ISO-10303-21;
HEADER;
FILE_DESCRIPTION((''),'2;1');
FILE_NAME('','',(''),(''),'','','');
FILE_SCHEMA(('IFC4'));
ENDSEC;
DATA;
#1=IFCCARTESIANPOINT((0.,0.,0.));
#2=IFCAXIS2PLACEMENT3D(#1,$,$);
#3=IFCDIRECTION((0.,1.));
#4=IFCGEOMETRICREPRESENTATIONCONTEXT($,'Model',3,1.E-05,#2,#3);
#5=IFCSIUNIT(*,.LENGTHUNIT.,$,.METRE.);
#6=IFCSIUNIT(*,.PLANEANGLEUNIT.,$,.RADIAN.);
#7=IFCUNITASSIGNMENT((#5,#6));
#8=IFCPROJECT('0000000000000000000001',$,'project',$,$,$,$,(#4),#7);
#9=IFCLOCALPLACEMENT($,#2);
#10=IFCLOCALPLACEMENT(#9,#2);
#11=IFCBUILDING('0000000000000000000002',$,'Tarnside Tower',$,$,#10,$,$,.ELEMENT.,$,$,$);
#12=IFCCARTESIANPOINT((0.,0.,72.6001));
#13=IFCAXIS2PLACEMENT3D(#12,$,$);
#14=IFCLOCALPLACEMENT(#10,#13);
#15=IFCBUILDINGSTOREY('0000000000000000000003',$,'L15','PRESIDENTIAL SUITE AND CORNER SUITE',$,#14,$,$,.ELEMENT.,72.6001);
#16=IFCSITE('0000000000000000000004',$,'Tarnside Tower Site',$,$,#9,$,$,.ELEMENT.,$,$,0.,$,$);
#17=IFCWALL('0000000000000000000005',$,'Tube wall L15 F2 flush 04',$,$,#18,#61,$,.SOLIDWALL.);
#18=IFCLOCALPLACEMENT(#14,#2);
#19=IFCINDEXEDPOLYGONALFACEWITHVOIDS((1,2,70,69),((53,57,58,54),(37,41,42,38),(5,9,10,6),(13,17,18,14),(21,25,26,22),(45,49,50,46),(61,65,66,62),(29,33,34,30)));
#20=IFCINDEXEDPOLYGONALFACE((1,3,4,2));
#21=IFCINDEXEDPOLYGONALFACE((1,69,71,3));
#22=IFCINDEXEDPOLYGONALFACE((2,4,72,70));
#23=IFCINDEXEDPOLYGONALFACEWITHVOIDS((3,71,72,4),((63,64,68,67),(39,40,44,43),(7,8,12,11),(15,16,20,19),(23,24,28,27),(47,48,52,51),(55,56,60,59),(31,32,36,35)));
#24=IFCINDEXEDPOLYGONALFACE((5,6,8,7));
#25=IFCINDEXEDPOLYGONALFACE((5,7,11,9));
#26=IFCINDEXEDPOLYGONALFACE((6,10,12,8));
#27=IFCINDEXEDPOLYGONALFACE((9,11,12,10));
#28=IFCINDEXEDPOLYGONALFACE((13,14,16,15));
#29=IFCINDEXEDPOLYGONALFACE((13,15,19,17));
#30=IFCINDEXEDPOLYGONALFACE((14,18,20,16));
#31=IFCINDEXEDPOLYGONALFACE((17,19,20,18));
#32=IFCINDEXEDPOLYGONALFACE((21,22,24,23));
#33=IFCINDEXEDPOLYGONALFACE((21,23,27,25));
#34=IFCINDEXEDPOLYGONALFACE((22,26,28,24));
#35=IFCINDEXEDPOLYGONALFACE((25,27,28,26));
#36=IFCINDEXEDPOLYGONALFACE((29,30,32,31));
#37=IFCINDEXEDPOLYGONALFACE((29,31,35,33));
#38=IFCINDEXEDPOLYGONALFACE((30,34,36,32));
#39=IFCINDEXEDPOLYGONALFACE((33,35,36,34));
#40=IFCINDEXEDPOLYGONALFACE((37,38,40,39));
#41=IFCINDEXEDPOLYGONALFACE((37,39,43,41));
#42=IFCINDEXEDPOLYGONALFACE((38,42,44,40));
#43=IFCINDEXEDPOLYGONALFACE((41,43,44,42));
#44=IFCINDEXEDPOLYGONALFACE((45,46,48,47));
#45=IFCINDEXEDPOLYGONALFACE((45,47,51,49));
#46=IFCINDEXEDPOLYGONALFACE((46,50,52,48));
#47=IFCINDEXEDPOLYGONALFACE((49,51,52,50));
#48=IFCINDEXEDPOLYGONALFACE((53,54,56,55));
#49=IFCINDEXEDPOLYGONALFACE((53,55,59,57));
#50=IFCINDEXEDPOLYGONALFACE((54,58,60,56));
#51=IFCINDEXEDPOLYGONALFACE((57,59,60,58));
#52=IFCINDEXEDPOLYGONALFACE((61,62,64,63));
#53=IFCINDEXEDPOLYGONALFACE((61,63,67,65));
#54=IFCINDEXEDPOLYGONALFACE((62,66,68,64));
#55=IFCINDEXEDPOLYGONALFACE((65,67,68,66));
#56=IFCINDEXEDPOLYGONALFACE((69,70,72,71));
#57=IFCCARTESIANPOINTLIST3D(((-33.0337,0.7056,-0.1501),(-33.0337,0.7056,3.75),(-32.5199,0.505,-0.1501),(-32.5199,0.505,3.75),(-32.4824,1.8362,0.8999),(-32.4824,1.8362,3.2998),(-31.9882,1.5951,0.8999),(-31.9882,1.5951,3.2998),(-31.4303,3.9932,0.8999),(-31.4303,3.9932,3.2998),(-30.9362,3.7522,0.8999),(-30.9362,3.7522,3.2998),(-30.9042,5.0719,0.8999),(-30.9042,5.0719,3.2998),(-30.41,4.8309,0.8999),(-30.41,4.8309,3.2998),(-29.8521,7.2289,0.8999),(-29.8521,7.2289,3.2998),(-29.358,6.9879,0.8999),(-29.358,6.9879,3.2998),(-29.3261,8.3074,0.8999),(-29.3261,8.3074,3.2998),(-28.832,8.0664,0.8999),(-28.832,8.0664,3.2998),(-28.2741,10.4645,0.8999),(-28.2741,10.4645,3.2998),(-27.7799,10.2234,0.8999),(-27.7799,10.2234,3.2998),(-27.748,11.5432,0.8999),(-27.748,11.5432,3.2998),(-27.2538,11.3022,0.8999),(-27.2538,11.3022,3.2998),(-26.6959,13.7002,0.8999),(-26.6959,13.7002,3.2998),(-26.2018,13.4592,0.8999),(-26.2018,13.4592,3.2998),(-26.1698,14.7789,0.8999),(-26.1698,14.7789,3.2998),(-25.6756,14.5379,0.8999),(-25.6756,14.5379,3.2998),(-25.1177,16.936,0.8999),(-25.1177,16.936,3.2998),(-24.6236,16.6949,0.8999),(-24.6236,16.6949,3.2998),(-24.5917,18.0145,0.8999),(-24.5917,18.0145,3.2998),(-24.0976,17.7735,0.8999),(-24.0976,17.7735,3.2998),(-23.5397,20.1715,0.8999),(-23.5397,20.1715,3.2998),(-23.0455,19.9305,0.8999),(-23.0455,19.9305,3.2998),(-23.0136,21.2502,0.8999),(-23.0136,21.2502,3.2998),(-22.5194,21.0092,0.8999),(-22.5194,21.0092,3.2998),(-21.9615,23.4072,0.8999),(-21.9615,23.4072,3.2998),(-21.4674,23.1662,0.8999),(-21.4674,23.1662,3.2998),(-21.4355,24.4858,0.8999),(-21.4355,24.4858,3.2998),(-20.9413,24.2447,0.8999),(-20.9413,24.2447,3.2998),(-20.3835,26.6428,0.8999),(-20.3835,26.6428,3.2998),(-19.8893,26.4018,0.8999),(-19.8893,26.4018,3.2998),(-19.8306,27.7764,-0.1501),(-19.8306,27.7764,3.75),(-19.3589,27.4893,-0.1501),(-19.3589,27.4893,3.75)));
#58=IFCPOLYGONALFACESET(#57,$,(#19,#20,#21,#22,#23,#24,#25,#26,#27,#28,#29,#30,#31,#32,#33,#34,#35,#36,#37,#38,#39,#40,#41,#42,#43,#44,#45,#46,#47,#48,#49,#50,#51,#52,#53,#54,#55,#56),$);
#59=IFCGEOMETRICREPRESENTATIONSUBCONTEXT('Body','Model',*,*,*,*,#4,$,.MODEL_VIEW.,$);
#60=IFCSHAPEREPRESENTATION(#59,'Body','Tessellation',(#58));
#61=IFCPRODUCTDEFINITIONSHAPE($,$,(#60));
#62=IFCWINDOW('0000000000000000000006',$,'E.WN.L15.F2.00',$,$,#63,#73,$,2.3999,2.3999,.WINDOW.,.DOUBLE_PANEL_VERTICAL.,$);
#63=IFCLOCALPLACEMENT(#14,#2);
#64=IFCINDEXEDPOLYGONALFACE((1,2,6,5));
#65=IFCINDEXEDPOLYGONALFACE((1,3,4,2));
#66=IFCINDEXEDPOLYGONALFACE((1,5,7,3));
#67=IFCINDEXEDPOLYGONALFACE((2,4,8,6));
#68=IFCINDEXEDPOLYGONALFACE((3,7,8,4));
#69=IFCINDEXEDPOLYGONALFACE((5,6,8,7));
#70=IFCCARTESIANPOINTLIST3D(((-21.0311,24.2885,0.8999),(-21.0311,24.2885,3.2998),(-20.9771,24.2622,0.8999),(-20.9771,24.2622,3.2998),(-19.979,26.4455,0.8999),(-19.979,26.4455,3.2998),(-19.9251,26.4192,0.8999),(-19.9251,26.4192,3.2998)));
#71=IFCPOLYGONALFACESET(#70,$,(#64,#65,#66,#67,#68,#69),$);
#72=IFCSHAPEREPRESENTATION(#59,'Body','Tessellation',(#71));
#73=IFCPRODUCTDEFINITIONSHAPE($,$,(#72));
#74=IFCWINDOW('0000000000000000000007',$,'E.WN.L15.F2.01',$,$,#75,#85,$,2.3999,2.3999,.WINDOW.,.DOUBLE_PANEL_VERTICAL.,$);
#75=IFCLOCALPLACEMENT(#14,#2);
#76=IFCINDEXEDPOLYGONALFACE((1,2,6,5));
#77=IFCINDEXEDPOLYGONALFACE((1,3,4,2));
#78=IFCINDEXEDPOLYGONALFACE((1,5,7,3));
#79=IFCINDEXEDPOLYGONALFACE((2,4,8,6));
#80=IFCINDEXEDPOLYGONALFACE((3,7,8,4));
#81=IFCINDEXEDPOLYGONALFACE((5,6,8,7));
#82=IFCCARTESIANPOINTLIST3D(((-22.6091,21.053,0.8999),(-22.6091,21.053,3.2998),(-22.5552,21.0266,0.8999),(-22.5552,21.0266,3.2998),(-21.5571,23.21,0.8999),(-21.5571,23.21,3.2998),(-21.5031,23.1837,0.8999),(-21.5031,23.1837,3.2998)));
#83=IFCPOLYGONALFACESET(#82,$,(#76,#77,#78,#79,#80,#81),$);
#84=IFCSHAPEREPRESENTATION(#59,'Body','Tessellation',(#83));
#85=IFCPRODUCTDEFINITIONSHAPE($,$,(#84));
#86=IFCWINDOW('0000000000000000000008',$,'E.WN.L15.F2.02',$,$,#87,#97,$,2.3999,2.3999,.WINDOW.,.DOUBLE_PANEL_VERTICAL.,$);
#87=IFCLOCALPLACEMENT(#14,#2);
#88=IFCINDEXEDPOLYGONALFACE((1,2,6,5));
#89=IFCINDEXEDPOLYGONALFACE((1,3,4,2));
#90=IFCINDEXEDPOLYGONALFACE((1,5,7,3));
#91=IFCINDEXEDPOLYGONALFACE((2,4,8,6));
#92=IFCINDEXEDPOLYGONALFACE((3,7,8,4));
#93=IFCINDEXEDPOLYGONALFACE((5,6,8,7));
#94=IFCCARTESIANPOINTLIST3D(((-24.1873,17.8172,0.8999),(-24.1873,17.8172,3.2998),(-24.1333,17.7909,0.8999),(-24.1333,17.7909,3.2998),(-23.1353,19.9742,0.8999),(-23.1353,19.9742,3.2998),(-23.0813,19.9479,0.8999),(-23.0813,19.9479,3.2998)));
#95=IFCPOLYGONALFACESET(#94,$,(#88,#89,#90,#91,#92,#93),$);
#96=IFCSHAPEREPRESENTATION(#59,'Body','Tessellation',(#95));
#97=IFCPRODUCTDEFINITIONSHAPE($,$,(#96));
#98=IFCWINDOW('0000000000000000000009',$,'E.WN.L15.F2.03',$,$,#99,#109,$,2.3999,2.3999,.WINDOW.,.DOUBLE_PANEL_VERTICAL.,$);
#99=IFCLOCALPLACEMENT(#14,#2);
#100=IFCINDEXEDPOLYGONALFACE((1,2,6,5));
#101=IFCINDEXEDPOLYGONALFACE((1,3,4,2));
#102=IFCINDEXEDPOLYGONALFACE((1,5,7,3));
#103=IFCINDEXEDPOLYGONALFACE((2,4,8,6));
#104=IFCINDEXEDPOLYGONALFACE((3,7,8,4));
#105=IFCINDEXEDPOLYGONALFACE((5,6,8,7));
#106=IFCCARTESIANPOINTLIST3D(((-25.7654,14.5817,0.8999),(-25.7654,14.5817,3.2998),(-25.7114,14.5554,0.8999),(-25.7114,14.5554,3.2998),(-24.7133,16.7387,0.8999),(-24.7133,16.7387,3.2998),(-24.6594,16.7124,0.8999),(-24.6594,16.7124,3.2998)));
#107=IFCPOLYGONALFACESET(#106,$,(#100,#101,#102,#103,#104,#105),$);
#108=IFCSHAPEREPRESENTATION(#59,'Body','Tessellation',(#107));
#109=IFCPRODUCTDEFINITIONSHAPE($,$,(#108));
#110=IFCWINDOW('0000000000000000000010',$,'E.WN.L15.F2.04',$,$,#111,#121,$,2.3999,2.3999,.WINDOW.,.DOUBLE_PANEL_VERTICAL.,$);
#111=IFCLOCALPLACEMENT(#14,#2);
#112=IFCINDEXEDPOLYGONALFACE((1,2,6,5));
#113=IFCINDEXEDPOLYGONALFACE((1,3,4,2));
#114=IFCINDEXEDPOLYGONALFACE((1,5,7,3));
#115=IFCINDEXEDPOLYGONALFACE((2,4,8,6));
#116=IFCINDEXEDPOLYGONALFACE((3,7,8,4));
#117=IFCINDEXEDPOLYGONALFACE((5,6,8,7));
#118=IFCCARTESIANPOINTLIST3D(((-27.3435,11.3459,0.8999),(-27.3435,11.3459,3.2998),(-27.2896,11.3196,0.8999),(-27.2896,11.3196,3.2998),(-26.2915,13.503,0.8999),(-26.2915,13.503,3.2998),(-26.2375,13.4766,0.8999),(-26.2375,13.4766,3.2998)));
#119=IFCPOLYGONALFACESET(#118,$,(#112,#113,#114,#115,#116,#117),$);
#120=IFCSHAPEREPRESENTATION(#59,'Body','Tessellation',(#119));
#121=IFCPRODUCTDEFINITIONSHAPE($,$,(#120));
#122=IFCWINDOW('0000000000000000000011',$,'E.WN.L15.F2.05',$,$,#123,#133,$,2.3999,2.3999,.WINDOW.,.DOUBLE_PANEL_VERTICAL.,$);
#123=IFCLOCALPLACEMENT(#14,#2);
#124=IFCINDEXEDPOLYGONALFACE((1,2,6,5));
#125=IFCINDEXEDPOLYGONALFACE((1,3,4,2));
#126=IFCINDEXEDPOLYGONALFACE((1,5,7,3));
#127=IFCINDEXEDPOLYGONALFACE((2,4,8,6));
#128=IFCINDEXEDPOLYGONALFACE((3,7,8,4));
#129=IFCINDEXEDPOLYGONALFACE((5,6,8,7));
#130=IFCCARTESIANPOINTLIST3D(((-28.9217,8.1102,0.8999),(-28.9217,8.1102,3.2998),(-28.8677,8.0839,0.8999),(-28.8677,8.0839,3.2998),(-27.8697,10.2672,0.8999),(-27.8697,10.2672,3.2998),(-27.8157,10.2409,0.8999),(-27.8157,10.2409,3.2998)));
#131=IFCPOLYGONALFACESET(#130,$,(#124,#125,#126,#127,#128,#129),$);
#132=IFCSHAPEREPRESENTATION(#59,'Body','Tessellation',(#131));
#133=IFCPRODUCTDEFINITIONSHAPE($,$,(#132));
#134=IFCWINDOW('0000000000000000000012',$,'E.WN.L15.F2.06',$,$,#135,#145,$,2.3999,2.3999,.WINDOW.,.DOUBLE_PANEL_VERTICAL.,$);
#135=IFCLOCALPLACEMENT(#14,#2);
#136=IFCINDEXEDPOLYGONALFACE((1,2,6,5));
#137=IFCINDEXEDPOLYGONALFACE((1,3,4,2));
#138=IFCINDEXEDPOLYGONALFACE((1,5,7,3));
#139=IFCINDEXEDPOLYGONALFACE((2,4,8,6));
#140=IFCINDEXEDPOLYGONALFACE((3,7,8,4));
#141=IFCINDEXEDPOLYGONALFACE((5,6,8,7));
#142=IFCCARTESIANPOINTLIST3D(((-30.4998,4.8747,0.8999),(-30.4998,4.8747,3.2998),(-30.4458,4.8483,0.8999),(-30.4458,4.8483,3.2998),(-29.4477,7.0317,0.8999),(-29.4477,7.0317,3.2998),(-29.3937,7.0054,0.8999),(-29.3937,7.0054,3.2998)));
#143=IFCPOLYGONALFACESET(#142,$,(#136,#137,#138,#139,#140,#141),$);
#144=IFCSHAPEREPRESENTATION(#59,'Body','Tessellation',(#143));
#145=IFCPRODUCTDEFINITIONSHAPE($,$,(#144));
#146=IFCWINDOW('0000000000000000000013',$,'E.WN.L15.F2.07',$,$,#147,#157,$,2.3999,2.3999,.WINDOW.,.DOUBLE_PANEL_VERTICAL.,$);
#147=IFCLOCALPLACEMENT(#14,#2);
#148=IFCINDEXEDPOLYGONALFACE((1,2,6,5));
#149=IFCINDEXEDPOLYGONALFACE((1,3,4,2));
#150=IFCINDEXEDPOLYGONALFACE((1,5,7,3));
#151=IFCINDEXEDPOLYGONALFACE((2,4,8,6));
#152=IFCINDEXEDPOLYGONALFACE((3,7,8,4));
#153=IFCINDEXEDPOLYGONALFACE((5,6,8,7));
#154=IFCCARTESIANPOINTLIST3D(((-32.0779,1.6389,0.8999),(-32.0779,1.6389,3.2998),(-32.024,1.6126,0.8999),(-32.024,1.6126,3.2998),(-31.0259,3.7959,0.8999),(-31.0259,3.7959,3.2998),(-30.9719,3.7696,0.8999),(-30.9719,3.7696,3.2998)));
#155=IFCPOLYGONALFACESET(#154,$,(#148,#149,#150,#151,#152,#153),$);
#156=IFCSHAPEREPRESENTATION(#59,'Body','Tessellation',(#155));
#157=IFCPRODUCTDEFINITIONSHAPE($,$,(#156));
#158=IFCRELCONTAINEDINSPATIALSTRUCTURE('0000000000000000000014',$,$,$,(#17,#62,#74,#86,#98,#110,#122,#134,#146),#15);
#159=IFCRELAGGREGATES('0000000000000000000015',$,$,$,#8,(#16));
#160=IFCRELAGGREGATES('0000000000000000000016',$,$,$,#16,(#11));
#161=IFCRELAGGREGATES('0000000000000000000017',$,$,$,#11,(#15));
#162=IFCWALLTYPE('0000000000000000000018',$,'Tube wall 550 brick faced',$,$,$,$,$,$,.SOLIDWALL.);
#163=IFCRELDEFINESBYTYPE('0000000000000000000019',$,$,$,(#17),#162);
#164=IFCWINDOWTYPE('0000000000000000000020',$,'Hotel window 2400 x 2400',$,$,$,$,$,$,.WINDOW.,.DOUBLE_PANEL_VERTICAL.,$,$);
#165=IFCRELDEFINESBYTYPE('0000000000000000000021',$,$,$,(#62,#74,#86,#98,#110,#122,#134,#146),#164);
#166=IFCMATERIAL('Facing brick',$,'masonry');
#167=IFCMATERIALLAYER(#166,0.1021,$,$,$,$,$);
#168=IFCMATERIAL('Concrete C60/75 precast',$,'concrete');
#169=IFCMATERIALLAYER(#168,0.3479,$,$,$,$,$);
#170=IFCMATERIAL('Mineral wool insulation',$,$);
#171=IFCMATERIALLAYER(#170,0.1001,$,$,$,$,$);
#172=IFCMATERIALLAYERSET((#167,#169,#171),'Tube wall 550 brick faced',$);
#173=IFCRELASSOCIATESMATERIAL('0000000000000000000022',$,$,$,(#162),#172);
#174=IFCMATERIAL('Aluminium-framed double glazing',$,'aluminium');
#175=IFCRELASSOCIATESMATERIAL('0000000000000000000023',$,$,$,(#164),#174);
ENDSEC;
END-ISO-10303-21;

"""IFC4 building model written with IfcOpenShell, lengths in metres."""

from ifc_helpers import new_model, si_unit, direction, frame, frame_2d, origin, place, context, subcontext, project, spatial, polyline, rectangle, outline, extrude, material, layer, layer_set, type_object, element, fill, save


model = new_model("IFC4")

# Units and contexts
model_context = context("Model", 3, precision=1e-05, world=origin(), true_north=direction((0.0, 1.0)))
body_context = subcontext(model_context, "Body", "Model", "MODEL_VIEW")
ifc_project = project(units=[si_unit("LENGTHUNIT", "METRE"), si_unit("PLANEANGLEUNIT", "RADIAN")], contexts=[model_context])

# Site, building, storey
site_placement = place(None, origin())
site = spatial("IfcSite", under=ifc_project, at=site_placement, Name="Tarnside Tower Site", CompositionType="ELEMENT", RefElevation=0.0)
building_placement = place(site_placement, origin())
building = spatial("IfcBuilding", under=site, at=building_placement, Name="Tarnside Tower", CompositionType="ELEMENT")
storey_placement = place(building_placement, frame((0.0, 0.0, 72.6001)))
storey = spatial("IfcBuildingStorey", under=building, at=storey_placement, Name="L15", Description="PRESIDENTIAL SUITE AND CORNER SUITE", CompositionType="ELEMENT", Elevation=72.6001)

# Shared definitions
ifc_material_1 = material(Name="Facing brick", Category="masonry")
ifc_layer_1 = layer(ifc_material_1, 0.1021)
ifc_material_2 = material(Name="Concrete C60/75 precast", Category="concrete")
ifc_layer_2 = layer(ifc_material_2, 0.3479)
ifc_material_3 = material(Name="Mineral wool insulation")
ifc_layer_3 = layer(ifc_material_3, 0.1001)
ifc_layer_set_1 = layer_set([ifc_layer_1, ifc_layer_2, ifc_layer_3], Name="Tube wall 550 brick faced")
wall_type_1 = type_object("IfcWallType", Name="Tube wall 550 brick faced", PredefinedType="SOLIDWALL", material=ifc_layer_set_1)

# Wall, openings, windows
wall_1_placement = place(storey_placement, frame((-19.5947, 27.6328, -0.1501), z_axis=(0.0, 0.0, 1.0), x_axis=(-0.438368, -0.898795, 0.0)))
wall_1 = element("IfcWall", 1, at=wall_1_placement, inside=storey, type_object=wall_type_1, Name="Tube wall L15 F2 flush 04", PredefinedType="SOLIDWALL", context=body_context, shape_type="SweptSolid", body=[
    extrude(outline(polyline([(-0.0256, -0.2749), (30.0933, -0.2749), (30.0483, 0.2749), (0.0256, 0.2749), (-0.0256, -0.2749)])), origin(), (0.0, 0.0, 1.0), 3.9001),
])
opening_1_placement = place(wall_1_placement, frame((1.2356, 0.0, 1.05)))
opening_1 = element("IfcOpeningElement", 2, at=opening_1_placement, cuts=wall_1, PredefinedType="OPENING", context=body_context, shape_type="SweptSolid", body=[
    extrude(rectangle(XDim=2.3999, YDim=2.3999, at=frame_2d((1.2, 1.2))), frame((0.0, 0.2852, 0.0), z_axis=(0.0, -1.0, 0.0), x_axis=(1.0, 0.0, 0.0)), (0.0, 0.0, 1.0), 0.5701),
])
opening_2_placement = place(wall_1_placement, frame((4.8354, 0.0, 1.05)))
opening_2 = element("IfcOpeningElement", 3, at=opening_2_placement, cuts=wall_1, PredefinedType="OPENING", context=body_context, shape_type="SweptSolid", body=[
    extrude(rectangle(XDim=2.3999, YDim=2.3999, at=frame_2d((1.2, 1.2))), frame((0.0, 0.2852, 0.0), z_axis=(0.0, -1.0, 0.0), x_axis=(1.0, 0.0, 0.0)), (0.0, 0.0, 1.0), 0.5701),
])
opening_3_placement = place(wall_1_placement, frame((8.4355, 0.0, 1.05)))
opening_3 = element("IfcOpeningElement", 4, at=opening_3_placement, cuts=wall_1, PredefinedType="OPENING", context=body_context, shape_type="SweptSolid", body=[
    extrude(rectangle(XDim=2.3999, YDim=2.3999, at=frame_2d((1.2, 1.2))), frame((0.0, 0.2852, 0.0), z_axis=(0.0, -1.0, 0.0), x_axis=(1.0, 0.0, 0.0)), (0.0, 0.0, 1.0), 0.5701),
])
opening_4_placement = place(wall_1_placement, frame((12.0354, 0.0, 1.05)))
opening_4 = element("IfcOpeningElement", 5, at=opening_4_placement, cuts=wall_1, PredefinedType="OPENING", context=body_context, shape_type="SweptSolid", body=[
    extrude(rectangle(XDim=2.3999, YDim=2.3999, at=frame_2d((1.2, 1.2))), frame((0.0, 0.2852, 0.0), z_axis=(0.0, -1.0, 0.0), x_axis=(1.0, 0.0, 0.0)), (0.0, 0.0, 1.0), 0.5701),
])
opening_5_placement = place(wall_1_placement, frame((15.6355, 0.0, 1.05)))
opening_5 = element("IfcOpeningElement", 6, at=opening_5_placement, cuts=wall_1, PredefinedType="OPENING", context=body_context, shape_type="SweptSolid", body=[
    extrude(rectangle(XDim=2.3999, YDim=2.3999, at=frame_2d((1.2, 1.2))), frame((0.0, 0.2852, 0.0), z_axis=(0.0, -1.0, 0.0), x_axis=(1.0, 0.0, 0.0)), (0.0, 0.0, 1.0), 0.5701),
])
opening_6_placement = place(wall_1_placement, frame((19.2356, 0.0, 1.05)))
opening_6 = element("IfcOpeningElement", 7, at=opening_6_placement, cuts=wall_1, PredefinedType="OPENING", context=body_context, shape_type="SweptSolid", body=[
    extrude(rectangle(XDim=2.3999, YDim=2.3999, at=frame_2d((1.2, 1.2))), frame((0.0, 0.2852, 0.0), z_axis=(0.0, -1.0, 0.0), x_axis=(1.0, 0.0, 0.0)), (0.0, 0.0, 1.0), 0.5701),
])
opening_7_placement = place(wall_1_placement, frame((22.8354, 0.0, 1.05)))
opening_7 = element("IfcOpeningElement", 8, at=opening_7_placement, cuts=wall_1, PredefinedType="OPENING", context=body_context, shape_type="SweptSolid", body=[
    extrude(rectangle(XDim=2.3999, YDim=2.3999, at=frame_2d((1.2, 1.2))), frame((0.0, 0.2852, 0.0), z_axis=(0.0, -1.0, 0.0), x_axis=(1.0, 0.0, 0.0)), (0.0, 0.0, 1.0), 0.5701),
])
opening_8_placement = place(wall_1_placement, frame((26.4355, 0.0, 1.05)))
opening_8 = element("IfcOpeningElement", 9, at=opening_8_placement, cuts=wall_1, PredefinedType="OPENING", context=body_context, shape_type="SweptSolid", body=[
    extrude(rectangle(XDim=2.3999, YDim=2.3999, at=frame_2d((1.2, 1.2))), frame((0.0, 0.2852, 0.0), z_axis=(0.0, -1.0, 0.0), x_axis=(1.0, 0.0, 0.0)), (0.0, 0.0, 1.0), 0.5701),
])
ifc_material_4 = material(Name="Aluminium-framed double glazing", Category="aluminium")
window_type = type_object("IfcWindowType", Name="Hotel window 2400 x 2400", PartitioningType="DOUBLE_PANEL_VERTICAL", PredefinedType="WINDOW", material=ifc_material_4)
window_1_placement = place(opening_1_placement, frame((0.0, 0.2051, 0.0)))
window_1 = element("IfcWindow", 10, at=window_1_placement, inside=storey, type_object=window_type, Name="E.WN.L15.F2.00", OverallHeight=2.3999, OverallWidth=2.3999, PartitioningType="DOUBLE_PANEL_VERTICAL", PredefinedType="WINDOW", context=body_context, shape_type="SweptSolid", body=[
    extrude(rectangle(XDim=2.3999, YDim=2.3999, at=frame_2d((1.2, 1.2))), frame((0.0, 0.03, 0.0), z_axis=(0.0, -1.0, 0.0), x_axis=(1.0, 0.0, 0.0)), (0.0, 0.0, 1.0), 0.0601),
])
fill(opening_1, window_1)
window_2_placement = place(opening_2_placement, frame((0.0, 0.2051, 0.0)))
window_2 = element("IfcWindow", 11, at=window_2_placement, inside=storey, type_object=window_type, Name="E.WN.L15.F2.01", OverallHeight=2.3999, OverallWidth=2.3999, PartitioningType="DOUBLE_PANEL_VERTICAL", PredefinedType="WINDOW", context=body_context, shape_type="SweptSolid", body=[
    extrude(rectangle(XDim=2.3999, YDim=2.3999, at=frame_2d((1.2, 1.2))), frame((0.0, 0.03, 0.0), z_axis=(0.0, -1.0, 0.0), x_axis=(1.0, 0.0, 0.0)), (0.0, 0.0, 1.0), 0.0601),
])
fill(opening_2, window_2)
window_3_placement = place(opening_3_placement, frame((0.0, 0.2051, 0.0)))
window_3 = element("IfcWindow", 12, at=window_3_placement, inside=storey, type_object=window_type, Name="E.WN.L15.F2.02", OverallHeight=2.3999, OverallWidth=2.3999, PartitioningType="DOUBLE_PANEL_VERTICAL", PredefinedType="WINDOW", context=body_context, shape_type="SweptSolid", body=[
    extrude(rectangle(XDim=2.3999, YDim=2.3999, at=frame_2d((1.2, 1.2))), frame((0.0, 0.03, 0.0), z_axis=(0.0, -1.0, 0.0), x_axis=(1.0, 0.0, 0.0)), (0.0, 0.0, 1.0), 0.0601),
])
fill(opening_3, window_3)
window_4_placement = place(opening_4_placement, frame((0.0, 0.2051, 0.0)))
window_4 = element("IfcWindow", 13, at=window_4_placement, inside=storey, type_object=window_type, Name="E.WN.L15.F2.03", OverallHeight=2.3999, OverallWidth=2.3999, PartitioningType="DOUBLE_PANEL_VERTICAL", PredefinedType="WINDOW", context=body_context, shape_type="SweptSolid", body=[
    extrude(rectangle(XDim=2.3999, YDim=2.3999, at=frame_2d((1.2, 1.2))), frame((0.0, 0.03, 0.0), z_axis=(0.0, -1.0, 0.0), x_axis=(1.0, 0.0, 0.0)), (0.0, 0.0, 1.0), 0.0601),
])
fill(opening_4, window_4)
window_5_placement = place(opening_5_placement, frame((0.0, 0.2051, 0.0)))
window_5 = element("IfcWindow", 14, at=window_5_placement, inside=storey, type_object=window_type, Name="E.WN.L15.F2.04", OverallHeight=2.3999, OverallWidth=2.3999, PartitioningType="DOUBLE_PANEL_VERTICAL", PredefinedType="WINDOW", context=body_context, shape_type="SweptSolid", body=[
    extrude(rectangle(XDim=2.3999, YDim=2.3999, at=frame_2d((1.2, 1.2))), frame((0.0, 0.03, 0.0), z_axis=(0.0, -1.0, 0.0), x_axis=(1.0, 0.0, 0.0)), (0.0, 0.0, 1.0), 0.0601),
])
fill(opening_5, window_5)
window_6_placement = place(opening_6_placement, frame((0.0, 0.2051, 0.0)))
window_6 = element("IfcWindow", 15, at=window_6_placement, inside=storey, type_object=window_type, Name="E.WN.L15.F2.05", OverallHeight=2.3999, OverallWidth=2.3999, PartitioningType="DOUBLE_PANEL_VERTICAL", PredefinedType="WINDOW", context=body_context, shape_type="SweptSolid", body=[
    extrude(rectangle(XDim=2.3999, YDim=2.3999, at=frame_2d((1.2, 1.2))), frame((0.0, 0.03, 0.0), z_axis=(0.0, -1.0, 0.0), x_axis=(1.0, 0.0, 0.0)), (0.0, 0.0, 1.0), 0.0601),
])
fill(opening_6, window_6)
window_7_placement = place(opening_7_placement, frame((0.0, 0.2051, 0.0)))
window_7 = element("IfcWindow", 16, at=window_7_placement, inside=storey, type_object=window_type, Name="E.WN.L15.F2.06", OverallHeight=2.3999, OverallWidth=2.3999, PartitioningType="DOUBLE_PANEL_VERTICAL", PredefinedType="WINDOW", context=body_context, shape_type="SweptSolid", body=[
    extrude(rectangle(XDim=2.3999, YDim=2.3999, at=frame_2d((1.2, 1.2))), frame((0.0, 0.03, 0.0), z_axis=(0.0, -1.0, 0.0), x_axis=(1.0, 0.0, 0.0)), (0.0, 0.0, 1.0), 0.0601),
])
fill(opening_7, window_7)
window_8_placement = place(opening_8_placement, frame((0.0, 0.2051, 0.0)))
window_8 = element("IfcWindow", 17, at=window_8_placement, inside=storey, type_object=window_type, Name="E.WN.L15.F2.07", OverallHeight=2.3999, OverallWidth=2.3999, PartitioningType="DOUBLE_PANEL_VERTICAL", PredefinedType="WINDOW", context=body_context, shape_type="SweptSolid", body=[
    extrude(rectangle(XDim=2.3999, YDim=2.3999, at=frame_2d((1.2, 1.2))), frame((0.0, 0.03, 0.0), z_axis=(0.0, -1.0, 0.0), x_axis=(1.0, 0.0, 0.0)), (0.0, 0.0, 1.0), 0.0601),
])
fill(opening_8, window_8)

save(model, "model.ifc")
